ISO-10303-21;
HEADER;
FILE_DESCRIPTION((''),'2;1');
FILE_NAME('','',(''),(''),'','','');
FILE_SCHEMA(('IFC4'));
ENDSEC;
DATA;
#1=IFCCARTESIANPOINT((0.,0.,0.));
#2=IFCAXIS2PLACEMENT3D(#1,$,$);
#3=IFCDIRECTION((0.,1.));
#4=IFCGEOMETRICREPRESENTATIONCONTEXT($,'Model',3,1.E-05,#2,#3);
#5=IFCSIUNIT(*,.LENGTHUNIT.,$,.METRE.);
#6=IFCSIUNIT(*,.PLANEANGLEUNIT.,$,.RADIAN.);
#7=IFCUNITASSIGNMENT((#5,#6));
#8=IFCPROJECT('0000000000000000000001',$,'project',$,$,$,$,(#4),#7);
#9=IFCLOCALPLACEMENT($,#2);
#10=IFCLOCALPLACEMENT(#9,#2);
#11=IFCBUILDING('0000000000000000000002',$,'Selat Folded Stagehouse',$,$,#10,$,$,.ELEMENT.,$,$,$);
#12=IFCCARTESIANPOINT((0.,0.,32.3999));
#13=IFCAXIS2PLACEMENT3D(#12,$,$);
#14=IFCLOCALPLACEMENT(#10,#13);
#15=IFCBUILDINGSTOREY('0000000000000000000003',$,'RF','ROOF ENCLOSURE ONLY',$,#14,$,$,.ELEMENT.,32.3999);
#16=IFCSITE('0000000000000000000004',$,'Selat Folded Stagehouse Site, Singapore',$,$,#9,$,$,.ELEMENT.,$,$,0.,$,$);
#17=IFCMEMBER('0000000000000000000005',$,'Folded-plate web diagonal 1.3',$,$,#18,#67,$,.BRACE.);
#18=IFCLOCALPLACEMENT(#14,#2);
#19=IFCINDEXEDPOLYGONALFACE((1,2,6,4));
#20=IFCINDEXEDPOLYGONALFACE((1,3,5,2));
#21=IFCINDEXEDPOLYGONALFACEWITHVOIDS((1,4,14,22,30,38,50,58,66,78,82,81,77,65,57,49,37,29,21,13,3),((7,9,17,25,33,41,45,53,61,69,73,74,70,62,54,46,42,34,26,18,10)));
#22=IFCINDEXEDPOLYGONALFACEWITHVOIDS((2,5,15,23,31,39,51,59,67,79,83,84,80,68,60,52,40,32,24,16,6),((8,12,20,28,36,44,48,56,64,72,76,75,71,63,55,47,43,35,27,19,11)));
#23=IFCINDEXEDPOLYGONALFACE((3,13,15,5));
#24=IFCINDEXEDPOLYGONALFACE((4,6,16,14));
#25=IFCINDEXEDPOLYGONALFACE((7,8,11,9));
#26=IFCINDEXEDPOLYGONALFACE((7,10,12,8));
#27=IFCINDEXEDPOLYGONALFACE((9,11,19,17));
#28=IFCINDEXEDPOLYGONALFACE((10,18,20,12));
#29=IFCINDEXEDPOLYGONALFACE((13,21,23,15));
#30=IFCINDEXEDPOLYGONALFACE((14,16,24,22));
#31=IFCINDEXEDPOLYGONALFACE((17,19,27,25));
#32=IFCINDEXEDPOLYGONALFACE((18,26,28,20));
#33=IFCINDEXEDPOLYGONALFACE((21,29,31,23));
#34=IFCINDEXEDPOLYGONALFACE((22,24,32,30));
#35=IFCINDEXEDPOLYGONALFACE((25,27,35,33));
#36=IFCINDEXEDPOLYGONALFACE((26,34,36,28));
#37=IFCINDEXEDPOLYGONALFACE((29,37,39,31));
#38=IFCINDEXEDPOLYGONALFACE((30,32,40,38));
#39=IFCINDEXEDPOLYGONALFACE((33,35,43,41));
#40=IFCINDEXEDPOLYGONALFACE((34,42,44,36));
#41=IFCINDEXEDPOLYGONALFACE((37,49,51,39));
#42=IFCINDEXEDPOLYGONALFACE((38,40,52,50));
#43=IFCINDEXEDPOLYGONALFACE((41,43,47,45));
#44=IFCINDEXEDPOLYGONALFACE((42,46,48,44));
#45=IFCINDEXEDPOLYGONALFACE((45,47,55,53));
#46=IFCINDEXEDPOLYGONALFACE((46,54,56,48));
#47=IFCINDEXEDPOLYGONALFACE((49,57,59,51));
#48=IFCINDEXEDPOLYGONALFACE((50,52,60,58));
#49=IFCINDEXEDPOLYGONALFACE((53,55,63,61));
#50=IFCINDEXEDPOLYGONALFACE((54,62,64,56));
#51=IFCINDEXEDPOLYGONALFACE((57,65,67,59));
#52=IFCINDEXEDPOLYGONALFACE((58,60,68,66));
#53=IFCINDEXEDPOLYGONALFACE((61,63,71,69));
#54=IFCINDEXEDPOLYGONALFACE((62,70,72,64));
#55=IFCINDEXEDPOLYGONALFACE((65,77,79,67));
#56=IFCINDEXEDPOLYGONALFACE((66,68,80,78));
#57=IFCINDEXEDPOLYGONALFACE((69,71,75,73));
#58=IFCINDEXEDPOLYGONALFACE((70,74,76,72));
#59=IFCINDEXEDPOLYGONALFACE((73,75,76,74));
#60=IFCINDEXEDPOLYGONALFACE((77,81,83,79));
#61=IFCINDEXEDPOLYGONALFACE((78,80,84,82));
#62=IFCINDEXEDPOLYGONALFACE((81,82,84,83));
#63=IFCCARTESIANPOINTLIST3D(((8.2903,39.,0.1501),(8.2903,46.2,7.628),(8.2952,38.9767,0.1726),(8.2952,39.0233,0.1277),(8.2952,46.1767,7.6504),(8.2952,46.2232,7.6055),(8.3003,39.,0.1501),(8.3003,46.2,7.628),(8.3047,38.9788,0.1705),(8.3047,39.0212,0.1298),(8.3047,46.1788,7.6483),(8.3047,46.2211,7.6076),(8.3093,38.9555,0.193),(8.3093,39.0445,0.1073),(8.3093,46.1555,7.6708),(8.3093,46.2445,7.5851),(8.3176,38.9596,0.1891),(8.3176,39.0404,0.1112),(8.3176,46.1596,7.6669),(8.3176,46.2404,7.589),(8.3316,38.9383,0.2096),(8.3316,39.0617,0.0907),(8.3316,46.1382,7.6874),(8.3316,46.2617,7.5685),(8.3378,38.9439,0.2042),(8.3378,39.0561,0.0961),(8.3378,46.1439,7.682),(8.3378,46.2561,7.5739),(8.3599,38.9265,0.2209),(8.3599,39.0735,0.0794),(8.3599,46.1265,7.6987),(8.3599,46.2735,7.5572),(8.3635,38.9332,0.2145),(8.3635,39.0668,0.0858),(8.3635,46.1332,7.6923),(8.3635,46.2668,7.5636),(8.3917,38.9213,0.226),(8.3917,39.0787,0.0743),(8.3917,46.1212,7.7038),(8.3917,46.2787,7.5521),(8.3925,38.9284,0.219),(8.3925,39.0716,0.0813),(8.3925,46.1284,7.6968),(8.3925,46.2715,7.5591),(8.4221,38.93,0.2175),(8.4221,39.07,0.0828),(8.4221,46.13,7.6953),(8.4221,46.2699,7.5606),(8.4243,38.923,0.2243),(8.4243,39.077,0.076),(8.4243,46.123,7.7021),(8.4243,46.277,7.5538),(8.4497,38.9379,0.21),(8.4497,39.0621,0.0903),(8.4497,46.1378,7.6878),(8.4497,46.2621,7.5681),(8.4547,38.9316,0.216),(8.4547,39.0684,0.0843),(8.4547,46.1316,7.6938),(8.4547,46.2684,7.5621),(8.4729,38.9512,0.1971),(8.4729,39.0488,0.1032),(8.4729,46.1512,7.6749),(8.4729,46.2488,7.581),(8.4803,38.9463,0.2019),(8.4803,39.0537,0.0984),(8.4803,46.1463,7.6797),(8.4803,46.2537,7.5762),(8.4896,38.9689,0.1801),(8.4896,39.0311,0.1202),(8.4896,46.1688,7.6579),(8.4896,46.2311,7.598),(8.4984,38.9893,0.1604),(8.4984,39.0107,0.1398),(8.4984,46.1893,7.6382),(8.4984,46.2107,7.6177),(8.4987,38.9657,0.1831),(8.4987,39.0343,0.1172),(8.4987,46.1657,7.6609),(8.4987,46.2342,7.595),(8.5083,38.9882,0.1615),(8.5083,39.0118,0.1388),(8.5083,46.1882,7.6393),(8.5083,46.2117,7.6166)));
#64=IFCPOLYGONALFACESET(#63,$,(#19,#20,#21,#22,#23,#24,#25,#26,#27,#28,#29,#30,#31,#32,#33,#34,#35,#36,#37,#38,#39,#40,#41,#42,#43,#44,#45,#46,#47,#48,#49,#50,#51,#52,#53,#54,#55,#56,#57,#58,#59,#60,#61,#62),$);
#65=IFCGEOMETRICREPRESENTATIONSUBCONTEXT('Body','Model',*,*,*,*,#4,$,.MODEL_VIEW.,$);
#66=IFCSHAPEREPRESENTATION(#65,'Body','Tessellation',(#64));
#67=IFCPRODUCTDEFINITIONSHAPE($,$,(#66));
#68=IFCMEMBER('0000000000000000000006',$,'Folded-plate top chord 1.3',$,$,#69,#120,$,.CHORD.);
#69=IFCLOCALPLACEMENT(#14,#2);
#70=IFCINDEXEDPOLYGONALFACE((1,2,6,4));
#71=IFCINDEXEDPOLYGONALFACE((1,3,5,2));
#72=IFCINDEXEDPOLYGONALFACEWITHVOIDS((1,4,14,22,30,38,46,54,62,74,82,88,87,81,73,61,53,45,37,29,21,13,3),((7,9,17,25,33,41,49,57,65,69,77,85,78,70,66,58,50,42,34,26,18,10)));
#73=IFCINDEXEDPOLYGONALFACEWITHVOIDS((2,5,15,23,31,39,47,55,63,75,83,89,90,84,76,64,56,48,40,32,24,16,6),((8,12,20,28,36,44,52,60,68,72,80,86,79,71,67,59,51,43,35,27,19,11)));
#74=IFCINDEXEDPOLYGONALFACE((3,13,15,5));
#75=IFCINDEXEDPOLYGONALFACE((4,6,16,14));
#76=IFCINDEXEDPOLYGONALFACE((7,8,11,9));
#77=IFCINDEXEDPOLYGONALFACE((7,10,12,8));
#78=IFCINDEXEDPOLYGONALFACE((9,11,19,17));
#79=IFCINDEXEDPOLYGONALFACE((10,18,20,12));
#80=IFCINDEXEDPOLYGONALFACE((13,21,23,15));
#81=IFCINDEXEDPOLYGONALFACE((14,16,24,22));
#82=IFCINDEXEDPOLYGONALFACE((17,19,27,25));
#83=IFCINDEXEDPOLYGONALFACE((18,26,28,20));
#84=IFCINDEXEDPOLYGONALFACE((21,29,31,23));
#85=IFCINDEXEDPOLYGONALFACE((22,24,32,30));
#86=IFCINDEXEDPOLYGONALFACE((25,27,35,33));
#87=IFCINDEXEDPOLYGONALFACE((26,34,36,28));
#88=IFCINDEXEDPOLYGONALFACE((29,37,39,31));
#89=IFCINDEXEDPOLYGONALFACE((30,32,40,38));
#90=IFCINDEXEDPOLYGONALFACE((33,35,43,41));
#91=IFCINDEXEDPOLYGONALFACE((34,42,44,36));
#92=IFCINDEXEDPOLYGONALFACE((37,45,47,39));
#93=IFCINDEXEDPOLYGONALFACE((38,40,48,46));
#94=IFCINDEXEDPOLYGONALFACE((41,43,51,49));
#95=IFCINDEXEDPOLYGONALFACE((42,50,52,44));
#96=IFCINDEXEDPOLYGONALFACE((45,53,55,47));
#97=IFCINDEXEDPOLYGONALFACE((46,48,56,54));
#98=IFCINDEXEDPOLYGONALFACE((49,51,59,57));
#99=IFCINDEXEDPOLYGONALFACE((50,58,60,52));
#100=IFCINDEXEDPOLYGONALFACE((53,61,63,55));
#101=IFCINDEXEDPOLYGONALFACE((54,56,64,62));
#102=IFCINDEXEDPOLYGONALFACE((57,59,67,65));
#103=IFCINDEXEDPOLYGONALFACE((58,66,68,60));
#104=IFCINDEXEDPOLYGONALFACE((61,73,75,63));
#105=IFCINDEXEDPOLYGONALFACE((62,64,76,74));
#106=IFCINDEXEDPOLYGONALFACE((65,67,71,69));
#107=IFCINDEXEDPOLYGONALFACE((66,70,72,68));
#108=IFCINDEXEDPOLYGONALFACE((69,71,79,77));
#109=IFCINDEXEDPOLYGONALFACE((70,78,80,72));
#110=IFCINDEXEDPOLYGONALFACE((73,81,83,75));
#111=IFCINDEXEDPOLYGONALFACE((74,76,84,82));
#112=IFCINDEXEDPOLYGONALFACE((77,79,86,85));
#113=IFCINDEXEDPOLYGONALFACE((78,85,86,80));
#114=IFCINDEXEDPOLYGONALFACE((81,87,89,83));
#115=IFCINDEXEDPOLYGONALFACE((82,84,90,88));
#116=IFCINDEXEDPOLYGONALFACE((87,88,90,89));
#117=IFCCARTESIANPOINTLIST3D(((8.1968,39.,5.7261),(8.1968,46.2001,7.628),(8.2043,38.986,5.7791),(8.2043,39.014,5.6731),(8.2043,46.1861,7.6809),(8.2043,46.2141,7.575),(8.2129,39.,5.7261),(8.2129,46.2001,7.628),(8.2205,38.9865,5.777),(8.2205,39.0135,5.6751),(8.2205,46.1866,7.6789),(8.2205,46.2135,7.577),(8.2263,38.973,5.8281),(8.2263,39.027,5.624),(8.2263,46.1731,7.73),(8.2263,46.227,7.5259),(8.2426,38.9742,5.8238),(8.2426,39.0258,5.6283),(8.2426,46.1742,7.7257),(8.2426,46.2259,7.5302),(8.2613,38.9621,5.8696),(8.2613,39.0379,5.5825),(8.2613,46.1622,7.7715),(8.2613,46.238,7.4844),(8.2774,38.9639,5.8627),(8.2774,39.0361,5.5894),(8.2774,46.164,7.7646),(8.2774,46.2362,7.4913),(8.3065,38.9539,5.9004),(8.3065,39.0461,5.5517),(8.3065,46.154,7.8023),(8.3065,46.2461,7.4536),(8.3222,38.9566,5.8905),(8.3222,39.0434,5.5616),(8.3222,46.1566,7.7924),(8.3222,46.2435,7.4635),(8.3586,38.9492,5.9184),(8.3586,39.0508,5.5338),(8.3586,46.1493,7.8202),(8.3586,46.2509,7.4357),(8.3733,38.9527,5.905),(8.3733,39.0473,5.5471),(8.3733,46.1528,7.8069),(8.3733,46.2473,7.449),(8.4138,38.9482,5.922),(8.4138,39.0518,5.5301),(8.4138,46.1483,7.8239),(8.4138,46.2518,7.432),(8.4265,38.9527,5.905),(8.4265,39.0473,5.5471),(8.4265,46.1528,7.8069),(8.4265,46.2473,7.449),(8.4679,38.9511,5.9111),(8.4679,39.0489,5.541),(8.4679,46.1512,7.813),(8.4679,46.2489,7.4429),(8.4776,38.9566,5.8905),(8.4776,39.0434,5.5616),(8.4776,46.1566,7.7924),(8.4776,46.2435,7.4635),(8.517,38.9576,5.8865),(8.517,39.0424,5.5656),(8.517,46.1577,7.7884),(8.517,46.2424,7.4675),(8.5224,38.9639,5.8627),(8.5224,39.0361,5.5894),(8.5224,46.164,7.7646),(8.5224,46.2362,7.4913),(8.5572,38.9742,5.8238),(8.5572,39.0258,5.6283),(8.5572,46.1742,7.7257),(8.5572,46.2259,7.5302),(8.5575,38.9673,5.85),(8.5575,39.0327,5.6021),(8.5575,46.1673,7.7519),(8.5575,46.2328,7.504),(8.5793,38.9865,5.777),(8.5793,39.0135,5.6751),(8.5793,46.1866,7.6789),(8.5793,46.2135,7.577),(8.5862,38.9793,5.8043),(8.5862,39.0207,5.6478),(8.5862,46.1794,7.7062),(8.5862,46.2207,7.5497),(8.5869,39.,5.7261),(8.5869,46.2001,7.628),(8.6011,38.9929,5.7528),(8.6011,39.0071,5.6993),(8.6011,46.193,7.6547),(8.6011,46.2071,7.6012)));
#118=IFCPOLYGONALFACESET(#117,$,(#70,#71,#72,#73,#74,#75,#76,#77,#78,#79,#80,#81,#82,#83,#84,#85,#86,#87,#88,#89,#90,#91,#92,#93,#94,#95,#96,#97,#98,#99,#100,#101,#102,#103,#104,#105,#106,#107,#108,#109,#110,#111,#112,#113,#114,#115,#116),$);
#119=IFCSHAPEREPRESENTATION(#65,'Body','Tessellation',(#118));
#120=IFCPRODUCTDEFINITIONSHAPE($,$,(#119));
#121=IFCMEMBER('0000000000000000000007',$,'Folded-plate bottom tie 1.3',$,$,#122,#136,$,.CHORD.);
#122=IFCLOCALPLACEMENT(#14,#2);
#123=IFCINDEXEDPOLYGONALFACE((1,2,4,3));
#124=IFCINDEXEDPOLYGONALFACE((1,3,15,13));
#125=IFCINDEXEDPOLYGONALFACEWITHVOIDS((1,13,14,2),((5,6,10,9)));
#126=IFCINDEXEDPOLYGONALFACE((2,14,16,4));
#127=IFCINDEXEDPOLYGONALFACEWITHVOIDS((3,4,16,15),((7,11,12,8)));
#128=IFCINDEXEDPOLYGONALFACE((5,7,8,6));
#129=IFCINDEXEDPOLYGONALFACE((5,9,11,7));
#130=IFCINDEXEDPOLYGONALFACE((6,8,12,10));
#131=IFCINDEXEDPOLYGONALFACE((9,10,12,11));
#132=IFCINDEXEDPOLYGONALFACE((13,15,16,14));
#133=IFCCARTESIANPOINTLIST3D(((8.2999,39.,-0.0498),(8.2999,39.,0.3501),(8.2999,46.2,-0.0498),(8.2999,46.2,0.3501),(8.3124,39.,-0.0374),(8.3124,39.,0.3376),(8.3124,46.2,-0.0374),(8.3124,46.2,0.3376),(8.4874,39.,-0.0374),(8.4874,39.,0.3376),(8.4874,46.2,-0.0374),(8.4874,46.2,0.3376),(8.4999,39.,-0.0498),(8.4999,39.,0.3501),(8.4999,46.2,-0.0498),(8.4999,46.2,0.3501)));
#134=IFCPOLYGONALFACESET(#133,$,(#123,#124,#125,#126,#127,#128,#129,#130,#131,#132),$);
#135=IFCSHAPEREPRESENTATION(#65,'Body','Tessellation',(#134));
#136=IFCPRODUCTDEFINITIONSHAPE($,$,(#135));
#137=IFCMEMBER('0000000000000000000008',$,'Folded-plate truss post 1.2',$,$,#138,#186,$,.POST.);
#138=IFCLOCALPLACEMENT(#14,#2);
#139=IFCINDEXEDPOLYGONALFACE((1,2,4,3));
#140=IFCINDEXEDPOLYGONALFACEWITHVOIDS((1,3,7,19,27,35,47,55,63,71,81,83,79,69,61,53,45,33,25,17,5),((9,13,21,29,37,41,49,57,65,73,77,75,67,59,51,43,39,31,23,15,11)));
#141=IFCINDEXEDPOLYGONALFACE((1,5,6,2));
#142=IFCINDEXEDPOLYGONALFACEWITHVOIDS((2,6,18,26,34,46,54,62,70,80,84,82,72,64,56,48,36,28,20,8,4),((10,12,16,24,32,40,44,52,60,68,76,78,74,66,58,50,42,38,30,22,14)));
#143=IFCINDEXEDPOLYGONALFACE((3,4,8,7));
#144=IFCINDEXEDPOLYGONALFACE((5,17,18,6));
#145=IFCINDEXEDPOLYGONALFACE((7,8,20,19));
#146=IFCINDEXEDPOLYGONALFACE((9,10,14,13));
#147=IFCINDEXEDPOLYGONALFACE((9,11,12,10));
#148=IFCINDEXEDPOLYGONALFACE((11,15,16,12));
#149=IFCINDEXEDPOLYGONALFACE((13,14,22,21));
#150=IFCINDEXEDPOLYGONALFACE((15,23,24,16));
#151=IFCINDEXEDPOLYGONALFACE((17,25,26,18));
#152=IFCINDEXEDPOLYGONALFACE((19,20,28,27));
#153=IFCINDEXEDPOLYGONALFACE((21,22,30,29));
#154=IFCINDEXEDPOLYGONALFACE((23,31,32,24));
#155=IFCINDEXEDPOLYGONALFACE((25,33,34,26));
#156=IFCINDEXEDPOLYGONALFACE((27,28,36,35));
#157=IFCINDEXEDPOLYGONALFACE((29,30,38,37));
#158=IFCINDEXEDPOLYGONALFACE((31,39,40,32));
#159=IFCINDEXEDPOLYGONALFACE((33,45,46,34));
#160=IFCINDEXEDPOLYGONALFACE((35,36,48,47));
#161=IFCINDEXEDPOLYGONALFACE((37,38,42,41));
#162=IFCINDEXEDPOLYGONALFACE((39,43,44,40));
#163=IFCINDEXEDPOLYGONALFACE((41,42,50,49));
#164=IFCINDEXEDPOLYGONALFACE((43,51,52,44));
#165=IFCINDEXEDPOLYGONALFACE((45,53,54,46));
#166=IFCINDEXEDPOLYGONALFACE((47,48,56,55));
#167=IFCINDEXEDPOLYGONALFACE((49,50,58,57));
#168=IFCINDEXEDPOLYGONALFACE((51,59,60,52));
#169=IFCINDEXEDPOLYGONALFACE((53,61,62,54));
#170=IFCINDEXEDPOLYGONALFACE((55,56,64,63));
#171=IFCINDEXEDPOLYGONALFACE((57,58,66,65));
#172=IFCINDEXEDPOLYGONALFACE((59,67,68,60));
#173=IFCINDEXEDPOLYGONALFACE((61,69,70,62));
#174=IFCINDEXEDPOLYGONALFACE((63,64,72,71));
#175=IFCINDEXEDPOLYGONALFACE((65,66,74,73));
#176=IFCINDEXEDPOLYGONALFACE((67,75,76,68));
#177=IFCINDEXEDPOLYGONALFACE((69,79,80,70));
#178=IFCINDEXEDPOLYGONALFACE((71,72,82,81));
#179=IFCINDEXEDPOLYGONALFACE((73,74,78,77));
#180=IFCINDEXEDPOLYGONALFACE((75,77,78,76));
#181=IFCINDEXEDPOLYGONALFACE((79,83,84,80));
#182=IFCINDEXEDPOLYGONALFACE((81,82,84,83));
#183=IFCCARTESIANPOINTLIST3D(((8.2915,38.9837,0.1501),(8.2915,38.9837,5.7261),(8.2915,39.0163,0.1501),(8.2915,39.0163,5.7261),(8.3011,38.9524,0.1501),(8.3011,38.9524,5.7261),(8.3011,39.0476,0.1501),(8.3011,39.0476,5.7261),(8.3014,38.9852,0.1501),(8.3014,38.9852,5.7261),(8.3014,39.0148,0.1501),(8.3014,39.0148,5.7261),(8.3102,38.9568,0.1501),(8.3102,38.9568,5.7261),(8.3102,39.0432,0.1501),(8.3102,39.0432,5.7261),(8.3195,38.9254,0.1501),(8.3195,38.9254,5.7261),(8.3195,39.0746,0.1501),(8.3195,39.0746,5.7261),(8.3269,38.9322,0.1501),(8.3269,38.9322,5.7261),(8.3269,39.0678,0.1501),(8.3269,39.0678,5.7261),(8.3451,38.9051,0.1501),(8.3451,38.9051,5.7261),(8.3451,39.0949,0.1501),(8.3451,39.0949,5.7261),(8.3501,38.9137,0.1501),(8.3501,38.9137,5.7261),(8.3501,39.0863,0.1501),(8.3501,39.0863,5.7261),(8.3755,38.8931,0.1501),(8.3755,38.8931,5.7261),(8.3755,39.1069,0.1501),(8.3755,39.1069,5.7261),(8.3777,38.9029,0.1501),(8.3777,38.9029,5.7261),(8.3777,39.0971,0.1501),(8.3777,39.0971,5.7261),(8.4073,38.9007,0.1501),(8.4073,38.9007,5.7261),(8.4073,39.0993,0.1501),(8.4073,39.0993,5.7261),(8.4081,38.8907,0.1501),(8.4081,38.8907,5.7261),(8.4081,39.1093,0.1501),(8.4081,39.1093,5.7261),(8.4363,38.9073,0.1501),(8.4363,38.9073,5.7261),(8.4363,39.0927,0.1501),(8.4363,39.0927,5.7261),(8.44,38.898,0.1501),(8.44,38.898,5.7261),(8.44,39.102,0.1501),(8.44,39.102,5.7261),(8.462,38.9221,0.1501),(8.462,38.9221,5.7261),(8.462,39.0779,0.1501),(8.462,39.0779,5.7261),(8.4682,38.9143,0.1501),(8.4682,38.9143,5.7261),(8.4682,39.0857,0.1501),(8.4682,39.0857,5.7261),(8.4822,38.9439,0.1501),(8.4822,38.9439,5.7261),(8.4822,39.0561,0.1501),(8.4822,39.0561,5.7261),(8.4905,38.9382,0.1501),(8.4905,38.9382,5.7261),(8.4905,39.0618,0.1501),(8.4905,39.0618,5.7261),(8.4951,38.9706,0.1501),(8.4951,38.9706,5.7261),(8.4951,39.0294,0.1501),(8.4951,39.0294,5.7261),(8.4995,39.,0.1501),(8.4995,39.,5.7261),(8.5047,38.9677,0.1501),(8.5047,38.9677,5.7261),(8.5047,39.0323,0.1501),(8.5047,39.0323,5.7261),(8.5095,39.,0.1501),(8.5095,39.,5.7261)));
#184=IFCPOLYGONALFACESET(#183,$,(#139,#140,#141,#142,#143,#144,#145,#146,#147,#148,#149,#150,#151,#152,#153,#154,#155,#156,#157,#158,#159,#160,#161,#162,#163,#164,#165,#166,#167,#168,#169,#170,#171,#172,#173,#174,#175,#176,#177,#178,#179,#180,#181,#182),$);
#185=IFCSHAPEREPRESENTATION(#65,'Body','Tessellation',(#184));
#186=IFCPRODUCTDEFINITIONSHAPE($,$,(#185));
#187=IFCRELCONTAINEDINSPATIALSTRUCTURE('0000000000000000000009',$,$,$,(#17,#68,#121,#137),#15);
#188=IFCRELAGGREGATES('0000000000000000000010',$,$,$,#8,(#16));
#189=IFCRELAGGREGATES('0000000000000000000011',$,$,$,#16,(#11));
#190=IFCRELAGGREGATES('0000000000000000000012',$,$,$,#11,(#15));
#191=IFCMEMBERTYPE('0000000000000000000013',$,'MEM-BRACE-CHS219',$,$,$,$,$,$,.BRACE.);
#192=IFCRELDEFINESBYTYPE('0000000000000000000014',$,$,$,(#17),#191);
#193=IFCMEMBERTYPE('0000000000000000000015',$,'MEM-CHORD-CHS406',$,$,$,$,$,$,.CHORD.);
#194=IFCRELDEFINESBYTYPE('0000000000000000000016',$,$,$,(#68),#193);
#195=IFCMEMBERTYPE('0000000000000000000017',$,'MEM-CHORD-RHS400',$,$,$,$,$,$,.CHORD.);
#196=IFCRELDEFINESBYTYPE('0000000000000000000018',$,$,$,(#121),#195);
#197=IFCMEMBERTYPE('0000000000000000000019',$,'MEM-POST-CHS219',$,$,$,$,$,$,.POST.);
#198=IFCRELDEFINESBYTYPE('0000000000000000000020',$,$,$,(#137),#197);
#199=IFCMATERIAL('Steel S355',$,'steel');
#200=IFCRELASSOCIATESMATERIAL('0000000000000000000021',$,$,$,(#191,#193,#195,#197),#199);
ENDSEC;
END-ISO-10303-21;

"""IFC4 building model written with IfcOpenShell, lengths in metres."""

from ifc_helpers import new_model, si_unit, direction, frame, origin, origin_2d, place, context, subcontext, project, spatial, hollow_rectangle, hollow_circle, extrude, material, material_profile, profile_set, type_object, element, save


model = new_model("IFC4")

# Units and contexts
model_context = context("Model", 3, precision=1e-05, world=origin(), true_north=direction((0.0, 1.0)))
body_context = subcontext(model_context, "Body", "Model", "MODEL_VIEW")
ifc_project = project(units=[si_unit("LENGTHUNIT", "METRE"), si_unit("PLANEANGLEUNIT", "RADIAN")], contexts=[model_context])

# Site, building, storey
site_placement = place(None, origin())
site = spatial("IfcSite", under=ifc_project, at=site_placement, Name="Selat Folded Stagehouse Site, Singapore", CompositionType="ELEMENT", RefElevation=0.0)
building_placement = place(site_placement, origin())
building = spatial("IfcBuilding", under=site, at=building_placement, Name="Selat Folded Stagehouse", CompositionType="ELEMENT")
storey_placement = place(building_placement, frame((0.0, 0.0, 32.3999)))
storey = spatial("IfcBuildingStorey", under=building, at=storey_placement, Name="RF", Description="ROOF ENCLOSURE ONLY", CompositionType="ELEMENT", Elevation=32.3999)

# Shared definitions
ifc_material_1 = material(Name="Steel S355", Category="steel")

# Members
ifc_material_profile_1 = material_profile(ifc_material_1, hollow_circle(Radius=0.1096, WallThickness=0.01, at=origin_2d()), Name="CHS 219.1x10.0")
ifc_profile_set_1 = profile_set([ifc_material_profile_1], Name="Steel S355")
member_type_1 = type_object("IfcMemberType", Name="MEM-BRACE-CHS219", PredefinedType="BRACE", material=ifc_profile_set_1)
member_1_placement = place(storey_placement, frame((8.3999, 39.0, 0.1501), z_axis=(0.0, 0.693598, 0.720362), x_axis=(-1.0, 0.0, 0.0)))
element("IfcMember", 1, at=member_1_placement, inside=storey, type_object=member_type_1, Name="Folded-plate web diagonal 1.3", PredefinedType="BRACE", context=body_context, shape_type="SweptSolid", body=[
    extrude(hollow_circle(Radius=0.1096, WallThickness=0.01, at=origin_2d()), origin(), (0.0, 0.0, 1.0), 10.3806),
])
ifc_material_profile_2 = material_profile(ifc_material_1, hollow_circle(Radius=0.2031, WallThickness=0.0161, at=origin_2d()), Name="CHS 406.4x16.0")
ifc_profile_set_2 = profile_set([ifc_material_profile_2], Name="Steel S355")
member_type_2 = type_object("IfcMemberType", Name="MEM-CHORD-CHS406", PredefinedType="CHORD", material=ifc_profile_set_2)
member_2_placement = place(storey_placement, frame((8.3999, 39.0, 5.7261), z_axis=(0.0, 0.966838, 0.255389), x_axis=(-1.0, 0.0, 0.0)))
element("IfcMember", 2, at=member_2_placement, inside=storey, type_object=member_type_2, Name="Folded-plate top chord 1.3", PredefinedType="CHORD", context=body_context, shape_type="SweptSolid", body=[
    extrude(hollow_circle(Radius=0.2031, WallThickness=0.0161, at=origin_2d()), origin(), (0.0, 0.0, 1.0), 7.447),
])
ifc_material_profile_3 = material_profile(ifc_material_1, hollow_rectangle(XDim=0.2, YDim=0.3999, WallThickness=0.0125, at=origin_2d()), Name="RHS 400x200x12.5")
ifc_profile_set_3 = profile_set([ifc_material_profile_3], Name="Steel S355")
member_type_3 = type_object("IfcMemberType", Name="MEM-CHORD-RHS400", PredefinedType="CHORD", material=ifc_profile_set_3)
member_3_placement = place(storey_placement, frame((8.3999, 39.0, 0.1501), z_axis=(0.0, 1.0, 0.0), x_axis=(-1.0, 0.0, 0.0)))
element("IfcMember", 3, at=member_3_placement, inside=storey, type_object=member_type_3, Name="Folded-plate bottom tie 1.3", PredefinedType="CHORD", context=body_context, shape_type="SweptSolid", body=[
    extrude(hollow_rectangle(XDim=0.2, YDim=0.3999, WallThickness=0.0125, at=origin_2d()), origin(), (0.0, 0.0, 1.0), 7.2),
])
ifc_material_profile_4 = material_profile(ifc_material_1, hollow_circle(Radius=0.1096, WallThickness=0.01, at=origin_2d()), Name="CHS 219.1x10.0")
ifc_profile_set_4 = profile_set([ifc_material_profile_4], Name="Steel S355")
member_type_4 = type_object("IfcMemberType", Name="MEM-POST-CHS219", PredefinedType="POST", material=ifc_profile_set_4)
member_4_placement = place(storey_placement, frame((8.3999, 39.0, 0.1501), z_axis=(0.0, 0.0, 1.0), x_axis=(1.0, 0.0, 0.0)))
element("IfcMember", 4, at=member_4_placement, inside=storey, type_object=member_type_4, Name="Folded-plate truss post 1.2", PredefinedType="POST", context=body_context, shape_type="SweptSolid", body=[
    extrude(hollow_circle(Radius=0.1096, WallThickness=0.01, at=origin_2d()), origin(), (0.0, 0.0, 1.0), 5.5759),
])

save(model, "model.ifc")
